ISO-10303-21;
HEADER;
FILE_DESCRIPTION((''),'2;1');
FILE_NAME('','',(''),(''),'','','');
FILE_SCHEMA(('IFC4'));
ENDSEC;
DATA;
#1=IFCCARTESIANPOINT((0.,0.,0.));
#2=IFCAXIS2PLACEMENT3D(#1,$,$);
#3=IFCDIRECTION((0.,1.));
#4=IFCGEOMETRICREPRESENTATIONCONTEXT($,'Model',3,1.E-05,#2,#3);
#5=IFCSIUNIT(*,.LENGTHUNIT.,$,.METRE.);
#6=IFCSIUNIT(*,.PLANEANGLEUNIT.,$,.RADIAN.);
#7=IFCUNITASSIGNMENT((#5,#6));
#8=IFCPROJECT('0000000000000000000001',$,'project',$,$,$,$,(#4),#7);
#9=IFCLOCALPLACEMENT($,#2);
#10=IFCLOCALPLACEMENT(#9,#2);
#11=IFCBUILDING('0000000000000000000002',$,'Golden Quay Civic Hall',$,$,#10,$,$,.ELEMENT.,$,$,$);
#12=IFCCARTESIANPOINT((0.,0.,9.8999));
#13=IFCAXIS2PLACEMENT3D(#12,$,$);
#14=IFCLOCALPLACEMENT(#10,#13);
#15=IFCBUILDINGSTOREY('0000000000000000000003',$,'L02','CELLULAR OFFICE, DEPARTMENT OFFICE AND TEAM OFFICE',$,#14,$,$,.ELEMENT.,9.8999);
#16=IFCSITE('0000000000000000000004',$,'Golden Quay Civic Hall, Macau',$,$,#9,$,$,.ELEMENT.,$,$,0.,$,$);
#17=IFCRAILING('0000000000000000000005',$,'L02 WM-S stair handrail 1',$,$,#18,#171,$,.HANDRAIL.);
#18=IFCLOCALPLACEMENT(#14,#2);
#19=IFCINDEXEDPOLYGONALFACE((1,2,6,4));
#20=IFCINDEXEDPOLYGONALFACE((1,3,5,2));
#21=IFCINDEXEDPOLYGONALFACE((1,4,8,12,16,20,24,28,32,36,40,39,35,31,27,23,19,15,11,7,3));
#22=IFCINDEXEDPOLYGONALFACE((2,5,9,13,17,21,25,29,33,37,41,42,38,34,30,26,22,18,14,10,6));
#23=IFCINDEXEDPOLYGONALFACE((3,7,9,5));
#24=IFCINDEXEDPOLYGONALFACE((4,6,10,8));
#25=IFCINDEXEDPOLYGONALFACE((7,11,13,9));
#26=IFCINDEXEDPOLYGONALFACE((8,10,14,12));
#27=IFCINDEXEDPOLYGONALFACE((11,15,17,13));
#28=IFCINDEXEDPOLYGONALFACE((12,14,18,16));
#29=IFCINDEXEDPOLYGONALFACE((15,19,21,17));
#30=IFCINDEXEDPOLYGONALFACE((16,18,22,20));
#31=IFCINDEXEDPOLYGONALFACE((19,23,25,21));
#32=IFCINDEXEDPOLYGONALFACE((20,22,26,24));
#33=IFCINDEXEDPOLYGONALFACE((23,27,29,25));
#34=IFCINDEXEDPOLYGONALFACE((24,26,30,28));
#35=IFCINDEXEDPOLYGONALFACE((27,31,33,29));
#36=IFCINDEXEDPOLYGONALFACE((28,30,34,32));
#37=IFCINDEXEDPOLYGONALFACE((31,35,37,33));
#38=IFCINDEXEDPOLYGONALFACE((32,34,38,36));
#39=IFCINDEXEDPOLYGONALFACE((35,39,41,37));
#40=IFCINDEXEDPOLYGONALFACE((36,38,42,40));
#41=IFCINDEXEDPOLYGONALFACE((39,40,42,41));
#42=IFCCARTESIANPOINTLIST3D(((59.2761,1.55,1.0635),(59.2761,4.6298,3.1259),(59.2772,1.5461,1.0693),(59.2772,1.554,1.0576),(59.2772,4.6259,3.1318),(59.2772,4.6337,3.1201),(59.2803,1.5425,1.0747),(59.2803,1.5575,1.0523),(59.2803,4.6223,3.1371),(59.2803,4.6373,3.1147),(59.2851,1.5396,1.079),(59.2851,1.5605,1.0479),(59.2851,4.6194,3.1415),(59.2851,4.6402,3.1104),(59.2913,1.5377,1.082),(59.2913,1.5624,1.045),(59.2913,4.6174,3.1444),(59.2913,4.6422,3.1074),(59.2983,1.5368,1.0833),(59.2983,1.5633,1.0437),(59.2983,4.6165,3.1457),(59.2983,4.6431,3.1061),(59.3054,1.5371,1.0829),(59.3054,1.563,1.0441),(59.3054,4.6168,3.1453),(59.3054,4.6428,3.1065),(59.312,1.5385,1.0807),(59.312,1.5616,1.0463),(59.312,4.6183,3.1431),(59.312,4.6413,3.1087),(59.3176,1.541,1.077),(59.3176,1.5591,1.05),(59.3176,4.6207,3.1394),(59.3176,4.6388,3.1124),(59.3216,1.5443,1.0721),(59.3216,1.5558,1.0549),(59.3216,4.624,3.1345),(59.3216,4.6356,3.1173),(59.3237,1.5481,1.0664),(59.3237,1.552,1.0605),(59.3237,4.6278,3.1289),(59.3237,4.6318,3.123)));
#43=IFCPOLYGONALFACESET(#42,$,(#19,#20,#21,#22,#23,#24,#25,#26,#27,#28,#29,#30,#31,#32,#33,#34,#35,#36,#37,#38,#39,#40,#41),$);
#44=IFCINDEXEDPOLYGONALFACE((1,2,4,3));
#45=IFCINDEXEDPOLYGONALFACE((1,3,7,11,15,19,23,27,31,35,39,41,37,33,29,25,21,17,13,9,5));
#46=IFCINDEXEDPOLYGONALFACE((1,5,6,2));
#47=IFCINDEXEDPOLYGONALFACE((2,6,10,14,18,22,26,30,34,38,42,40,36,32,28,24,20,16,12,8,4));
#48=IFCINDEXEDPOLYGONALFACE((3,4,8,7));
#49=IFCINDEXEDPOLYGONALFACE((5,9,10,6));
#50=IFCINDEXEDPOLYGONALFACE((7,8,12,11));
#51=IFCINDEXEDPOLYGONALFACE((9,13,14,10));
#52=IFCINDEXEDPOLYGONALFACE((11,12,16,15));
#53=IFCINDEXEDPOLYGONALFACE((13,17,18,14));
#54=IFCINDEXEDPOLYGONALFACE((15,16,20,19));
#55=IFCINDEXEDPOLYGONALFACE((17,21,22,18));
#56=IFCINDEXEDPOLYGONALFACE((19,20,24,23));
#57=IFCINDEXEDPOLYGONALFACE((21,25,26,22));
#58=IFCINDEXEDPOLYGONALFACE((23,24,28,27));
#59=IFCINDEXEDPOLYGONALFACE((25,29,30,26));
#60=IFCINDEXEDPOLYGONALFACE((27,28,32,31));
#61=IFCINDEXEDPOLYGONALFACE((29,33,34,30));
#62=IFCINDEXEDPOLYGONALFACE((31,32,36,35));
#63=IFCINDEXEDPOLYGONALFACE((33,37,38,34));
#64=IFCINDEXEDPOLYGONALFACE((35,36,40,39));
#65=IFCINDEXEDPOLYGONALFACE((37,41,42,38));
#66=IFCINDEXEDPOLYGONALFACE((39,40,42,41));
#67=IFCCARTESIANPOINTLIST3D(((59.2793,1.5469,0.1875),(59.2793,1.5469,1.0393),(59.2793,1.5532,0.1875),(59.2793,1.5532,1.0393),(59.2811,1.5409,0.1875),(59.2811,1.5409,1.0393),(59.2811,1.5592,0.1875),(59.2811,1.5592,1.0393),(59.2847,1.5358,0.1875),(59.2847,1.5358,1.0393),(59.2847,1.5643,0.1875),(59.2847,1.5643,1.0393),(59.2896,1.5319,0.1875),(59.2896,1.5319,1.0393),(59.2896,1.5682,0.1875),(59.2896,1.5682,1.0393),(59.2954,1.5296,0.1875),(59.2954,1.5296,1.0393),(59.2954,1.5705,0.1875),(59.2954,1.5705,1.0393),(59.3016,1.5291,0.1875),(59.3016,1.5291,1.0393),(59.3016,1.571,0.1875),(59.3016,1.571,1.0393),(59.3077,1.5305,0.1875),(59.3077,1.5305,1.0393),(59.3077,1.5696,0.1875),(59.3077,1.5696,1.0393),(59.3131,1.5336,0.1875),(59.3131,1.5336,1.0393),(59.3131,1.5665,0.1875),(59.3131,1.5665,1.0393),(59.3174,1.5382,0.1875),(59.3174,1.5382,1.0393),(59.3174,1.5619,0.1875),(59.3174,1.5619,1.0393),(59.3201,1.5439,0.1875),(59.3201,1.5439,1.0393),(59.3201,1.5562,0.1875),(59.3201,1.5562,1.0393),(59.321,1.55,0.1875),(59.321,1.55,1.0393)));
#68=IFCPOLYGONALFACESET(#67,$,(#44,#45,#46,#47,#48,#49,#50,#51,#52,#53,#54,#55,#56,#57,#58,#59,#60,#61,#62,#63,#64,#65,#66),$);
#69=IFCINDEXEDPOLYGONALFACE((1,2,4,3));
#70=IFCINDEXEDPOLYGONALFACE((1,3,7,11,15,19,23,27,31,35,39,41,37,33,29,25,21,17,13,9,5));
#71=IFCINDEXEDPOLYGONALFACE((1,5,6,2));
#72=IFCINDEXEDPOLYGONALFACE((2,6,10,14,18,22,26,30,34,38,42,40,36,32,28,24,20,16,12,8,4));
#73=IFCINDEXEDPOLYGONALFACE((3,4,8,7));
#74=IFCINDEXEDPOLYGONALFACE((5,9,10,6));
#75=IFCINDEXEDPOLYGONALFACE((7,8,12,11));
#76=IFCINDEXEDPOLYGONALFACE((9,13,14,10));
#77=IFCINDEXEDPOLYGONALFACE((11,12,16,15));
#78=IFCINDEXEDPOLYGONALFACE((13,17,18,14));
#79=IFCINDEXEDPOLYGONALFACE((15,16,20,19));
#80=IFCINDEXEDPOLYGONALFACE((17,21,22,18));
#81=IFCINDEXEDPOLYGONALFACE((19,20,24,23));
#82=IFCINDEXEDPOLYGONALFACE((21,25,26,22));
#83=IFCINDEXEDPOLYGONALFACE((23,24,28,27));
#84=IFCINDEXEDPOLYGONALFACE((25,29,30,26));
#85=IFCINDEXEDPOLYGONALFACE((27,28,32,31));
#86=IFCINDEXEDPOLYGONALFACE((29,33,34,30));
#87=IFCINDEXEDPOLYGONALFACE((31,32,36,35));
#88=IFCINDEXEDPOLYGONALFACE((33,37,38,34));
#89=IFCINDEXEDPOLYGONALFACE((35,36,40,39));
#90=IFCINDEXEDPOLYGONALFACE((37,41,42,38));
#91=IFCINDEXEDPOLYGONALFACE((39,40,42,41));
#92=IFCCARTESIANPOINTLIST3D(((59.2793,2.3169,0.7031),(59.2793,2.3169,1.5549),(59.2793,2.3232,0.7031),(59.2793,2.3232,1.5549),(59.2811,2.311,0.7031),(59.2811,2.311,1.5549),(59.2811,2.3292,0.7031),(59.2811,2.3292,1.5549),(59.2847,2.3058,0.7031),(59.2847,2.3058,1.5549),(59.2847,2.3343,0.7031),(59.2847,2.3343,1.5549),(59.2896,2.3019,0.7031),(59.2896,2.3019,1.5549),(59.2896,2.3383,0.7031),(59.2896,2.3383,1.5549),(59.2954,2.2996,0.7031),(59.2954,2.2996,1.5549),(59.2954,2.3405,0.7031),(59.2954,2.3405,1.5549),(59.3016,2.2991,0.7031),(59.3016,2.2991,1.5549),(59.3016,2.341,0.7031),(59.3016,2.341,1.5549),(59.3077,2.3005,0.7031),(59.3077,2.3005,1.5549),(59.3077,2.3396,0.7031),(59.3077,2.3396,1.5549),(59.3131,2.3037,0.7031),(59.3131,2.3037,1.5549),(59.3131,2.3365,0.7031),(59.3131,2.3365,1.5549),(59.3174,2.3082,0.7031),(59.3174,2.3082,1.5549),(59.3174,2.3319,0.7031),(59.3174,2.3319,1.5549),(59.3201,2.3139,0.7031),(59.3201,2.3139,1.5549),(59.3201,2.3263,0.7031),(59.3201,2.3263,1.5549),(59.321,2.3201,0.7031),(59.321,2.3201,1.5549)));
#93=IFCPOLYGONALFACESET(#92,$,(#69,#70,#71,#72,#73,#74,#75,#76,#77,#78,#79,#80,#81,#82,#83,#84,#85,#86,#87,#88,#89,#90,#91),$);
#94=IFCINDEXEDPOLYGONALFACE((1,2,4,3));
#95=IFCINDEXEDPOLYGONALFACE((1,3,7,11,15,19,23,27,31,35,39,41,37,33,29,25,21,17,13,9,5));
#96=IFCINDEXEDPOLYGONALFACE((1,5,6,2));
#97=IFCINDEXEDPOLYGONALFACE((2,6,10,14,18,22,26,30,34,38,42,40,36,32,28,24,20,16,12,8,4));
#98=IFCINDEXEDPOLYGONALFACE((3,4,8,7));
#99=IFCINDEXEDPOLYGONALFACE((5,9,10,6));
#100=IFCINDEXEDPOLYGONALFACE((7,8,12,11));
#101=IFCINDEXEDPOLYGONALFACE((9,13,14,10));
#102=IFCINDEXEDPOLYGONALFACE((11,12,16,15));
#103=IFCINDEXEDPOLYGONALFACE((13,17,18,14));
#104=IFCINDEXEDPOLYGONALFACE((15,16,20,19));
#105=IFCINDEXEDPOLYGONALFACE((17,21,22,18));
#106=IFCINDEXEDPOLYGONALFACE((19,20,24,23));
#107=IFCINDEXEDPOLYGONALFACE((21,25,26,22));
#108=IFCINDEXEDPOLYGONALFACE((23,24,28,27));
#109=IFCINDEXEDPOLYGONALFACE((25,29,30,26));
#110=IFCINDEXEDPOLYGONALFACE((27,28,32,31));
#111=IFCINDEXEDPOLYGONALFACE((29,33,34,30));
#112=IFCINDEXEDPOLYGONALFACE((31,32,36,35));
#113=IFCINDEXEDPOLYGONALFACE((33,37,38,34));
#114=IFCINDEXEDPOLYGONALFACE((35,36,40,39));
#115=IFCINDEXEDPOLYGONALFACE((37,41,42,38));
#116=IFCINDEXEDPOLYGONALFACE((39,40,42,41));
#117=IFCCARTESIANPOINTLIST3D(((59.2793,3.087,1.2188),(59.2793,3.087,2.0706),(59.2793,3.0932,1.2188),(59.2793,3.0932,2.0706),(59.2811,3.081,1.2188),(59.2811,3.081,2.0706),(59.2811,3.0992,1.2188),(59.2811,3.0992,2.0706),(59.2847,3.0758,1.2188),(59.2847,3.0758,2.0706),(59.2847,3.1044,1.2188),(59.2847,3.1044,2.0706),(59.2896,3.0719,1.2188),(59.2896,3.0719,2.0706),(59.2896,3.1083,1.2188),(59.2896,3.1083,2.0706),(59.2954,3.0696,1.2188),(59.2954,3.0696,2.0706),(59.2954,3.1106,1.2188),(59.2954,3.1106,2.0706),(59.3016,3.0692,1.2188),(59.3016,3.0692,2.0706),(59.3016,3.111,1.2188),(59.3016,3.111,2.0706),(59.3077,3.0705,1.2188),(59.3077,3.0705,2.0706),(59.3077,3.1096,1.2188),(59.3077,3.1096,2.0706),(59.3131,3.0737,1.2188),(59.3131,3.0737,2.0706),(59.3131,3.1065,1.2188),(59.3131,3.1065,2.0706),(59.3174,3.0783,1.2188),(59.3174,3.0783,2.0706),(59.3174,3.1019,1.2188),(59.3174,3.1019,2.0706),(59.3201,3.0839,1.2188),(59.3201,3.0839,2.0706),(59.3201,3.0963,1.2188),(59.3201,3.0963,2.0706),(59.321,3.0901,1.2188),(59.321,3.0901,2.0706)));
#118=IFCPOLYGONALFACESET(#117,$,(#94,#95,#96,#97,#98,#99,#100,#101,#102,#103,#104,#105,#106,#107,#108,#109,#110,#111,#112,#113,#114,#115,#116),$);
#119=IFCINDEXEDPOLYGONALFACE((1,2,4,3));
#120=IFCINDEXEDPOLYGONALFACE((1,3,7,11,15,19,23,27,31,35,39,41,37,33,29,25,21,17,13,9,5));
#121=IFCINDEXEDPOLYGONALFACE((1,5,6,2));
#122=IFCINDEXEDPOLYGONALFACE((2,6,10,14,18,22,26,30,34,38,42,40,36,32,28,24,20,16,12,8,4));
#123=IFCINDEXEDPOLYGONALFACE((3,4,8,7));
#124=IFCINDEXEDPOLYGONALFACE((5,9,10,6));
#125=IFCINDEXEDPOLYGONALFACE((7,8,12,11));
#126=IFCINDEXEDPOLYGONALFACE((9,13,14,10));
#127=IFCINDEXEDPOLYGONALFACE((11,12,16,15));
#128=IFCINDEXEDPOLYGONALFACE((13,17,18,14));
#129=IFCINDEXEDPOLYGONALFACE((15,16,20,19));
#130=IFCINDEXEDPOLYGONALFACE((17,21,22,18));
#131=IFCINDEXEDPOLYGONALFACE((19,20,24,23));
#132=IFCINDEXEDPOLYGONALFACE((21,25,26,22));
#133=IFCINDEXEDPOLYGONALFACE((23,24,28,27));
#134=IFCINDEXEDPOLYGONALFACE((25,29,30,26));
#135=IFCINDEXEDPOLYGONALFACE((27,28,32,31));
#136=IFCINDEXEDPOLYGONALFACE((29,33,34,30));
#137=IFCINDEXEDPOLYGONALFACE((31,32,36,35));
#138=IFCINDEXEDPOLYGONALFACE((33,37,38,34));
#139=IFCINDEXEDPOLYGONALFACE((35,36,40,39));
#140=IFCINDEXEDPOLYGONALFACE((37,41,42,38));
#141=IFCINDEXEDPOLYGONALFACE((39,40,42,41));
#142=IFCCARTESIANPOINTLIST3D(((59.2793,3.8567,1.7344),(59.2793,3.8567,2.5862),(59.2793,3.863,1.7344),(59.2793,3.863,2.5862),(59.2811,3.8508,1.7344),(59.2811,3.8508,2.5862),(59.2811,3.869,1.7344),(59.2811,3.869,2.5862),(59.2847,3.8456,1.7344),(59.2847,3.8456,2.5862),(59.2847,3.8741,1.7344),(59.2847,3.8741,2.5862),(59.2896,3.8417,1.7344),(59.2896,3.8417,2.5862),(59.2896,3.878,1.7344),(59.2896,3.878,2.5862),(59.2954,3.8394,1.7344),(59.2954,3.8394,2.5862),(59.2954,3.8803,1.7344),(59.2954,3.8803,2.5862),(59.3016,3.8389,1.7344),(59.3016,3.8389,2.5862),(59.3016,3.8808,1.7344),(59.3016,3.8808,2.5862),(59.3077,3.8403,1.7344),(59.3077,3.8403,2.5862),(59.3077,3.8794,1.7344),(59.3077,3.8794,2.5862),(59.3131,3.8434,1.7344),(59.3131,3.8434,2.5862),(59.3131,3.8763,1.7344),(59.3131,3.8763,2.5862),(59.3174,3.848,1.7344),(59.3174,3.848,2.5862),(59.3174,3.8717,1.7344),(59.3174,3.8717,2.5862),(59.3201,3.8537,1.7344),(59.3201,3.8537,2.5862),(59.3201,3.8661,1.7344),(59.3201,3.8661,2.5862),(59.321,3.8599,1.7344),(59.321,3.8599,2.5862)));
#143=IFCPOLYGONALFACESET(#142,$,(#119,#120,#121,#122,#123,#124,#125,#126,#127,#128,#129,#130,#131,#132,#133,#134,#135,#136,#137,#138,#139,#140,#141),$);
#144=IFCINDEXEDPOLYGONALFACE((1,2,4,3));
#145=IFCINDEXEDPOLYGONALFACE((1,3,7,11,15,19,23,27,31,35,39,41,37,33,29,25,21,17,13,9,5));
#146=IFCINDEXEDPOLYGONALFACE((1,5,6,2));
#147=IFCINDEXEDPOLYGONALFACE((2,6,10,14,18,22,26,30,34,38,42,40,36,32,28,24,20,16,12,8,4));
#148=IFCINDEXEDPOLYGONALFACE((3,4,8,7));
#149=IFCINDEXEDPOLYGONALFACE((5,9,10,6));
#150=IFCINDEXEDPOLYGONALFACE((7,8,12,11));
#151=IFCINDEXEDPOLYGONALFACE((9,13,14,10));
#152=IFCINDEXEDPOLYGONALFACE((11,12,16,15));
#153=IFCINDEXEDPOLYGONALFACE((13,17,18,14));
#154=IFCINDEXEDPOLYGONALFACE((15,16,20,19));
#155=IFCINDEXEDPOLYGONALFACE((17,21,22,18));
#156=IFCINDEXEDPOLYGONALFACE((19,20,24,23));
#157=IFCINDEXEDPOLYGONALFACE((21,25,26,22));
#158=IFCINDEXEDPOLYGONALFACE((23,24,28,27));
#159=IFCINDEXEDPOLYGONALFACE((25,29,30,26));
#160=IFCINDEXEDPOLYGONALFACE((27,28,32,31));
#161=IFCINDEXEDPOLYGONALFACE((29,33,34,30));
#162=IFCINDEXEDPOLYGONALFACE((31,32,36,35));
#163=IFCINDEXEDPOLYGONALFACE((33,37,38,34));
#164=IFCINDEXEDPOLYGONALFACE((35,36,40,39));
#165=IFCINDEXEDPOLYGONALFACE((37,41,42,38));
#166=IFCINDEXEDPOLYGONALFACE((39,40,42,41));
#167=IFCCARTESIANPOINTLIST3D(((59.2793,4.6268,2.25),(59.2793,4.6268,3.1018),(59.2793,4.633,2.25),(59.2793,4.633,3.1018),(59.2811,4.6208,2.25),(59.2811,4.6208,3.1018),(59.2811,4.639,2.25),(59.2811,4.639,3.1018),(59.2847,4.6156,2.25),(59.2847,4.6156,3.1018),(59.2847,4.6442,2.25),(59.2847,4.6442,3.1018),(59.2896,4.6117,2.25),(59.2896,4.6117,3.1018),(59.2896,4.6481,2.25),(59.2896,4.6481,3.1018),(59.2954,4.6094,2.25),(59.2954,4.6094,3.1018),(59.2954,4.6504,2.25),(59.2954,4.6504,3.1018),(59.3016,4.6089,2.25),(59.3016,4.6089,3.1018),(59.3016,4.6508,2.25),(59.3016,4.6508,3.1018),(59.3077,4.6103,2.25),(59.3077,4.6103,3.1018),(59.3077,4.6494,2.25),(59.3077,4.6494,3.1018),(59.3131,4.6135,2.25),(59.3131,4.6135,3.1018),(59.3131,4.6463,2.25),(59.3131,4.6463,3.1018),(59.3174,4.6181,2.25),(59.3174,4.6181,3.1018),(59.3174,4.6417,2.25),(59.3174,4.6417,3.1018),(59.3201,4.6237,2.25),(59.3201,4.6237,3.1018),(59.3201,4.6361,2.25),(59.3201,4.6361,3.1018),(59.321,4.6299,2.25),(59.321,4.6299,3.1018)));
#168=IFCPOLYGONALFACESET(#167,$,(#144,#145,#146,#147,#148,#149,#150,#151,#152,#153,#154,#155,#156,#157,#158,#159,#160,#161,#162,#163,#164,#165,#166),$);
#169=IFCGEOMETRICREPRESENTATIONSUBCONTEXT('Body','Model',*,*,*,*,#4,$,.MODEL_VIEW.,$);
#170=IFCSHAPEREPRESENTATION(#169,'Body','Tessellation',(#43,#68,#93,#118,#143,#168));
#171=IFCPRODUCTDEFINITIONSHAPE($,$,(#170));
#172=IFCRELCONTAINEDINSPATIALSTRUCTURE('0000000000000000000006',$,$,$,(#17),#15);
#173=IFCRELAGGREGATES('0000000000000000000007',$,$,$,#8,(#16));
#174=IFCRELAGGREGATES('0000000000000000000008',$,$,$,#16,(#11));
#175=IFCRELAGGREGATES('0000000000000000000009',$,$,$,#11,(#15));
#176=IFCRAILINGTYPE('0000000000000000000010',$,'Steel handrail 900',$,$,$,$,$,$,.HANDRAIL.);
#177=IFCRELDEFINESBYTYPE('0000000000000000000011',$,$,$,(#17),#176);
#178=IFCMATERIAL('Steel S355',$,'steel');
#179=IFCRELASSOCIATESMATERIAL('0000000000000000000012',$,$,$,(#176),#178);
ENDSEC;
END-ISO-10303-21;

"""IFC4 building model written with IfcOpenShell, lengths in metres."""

from ifc_helpers import new_model, si_unit, direction, frame, origin, origin_2d, place, context, subcontext, project, spatial, circle, extrude, material, type_object, element, save


model = new_model("IFC4")

# Units and contexts
model_context = context("Model", 3, precision=1e-05, world=origin(), true_north=direction((0.0, 1.0)))
body_context = subcontext(model_context, "Body", "Model", "MODEL_VIEW")
ifc_project = project(units=[si_unit("LENGTHUNIT", "METRE"), si_unit("PLANEANGLEUNIT", "RADIAN")], contexts=[model_context])

# Site, building, storey
site_placement = place(None, origin())
site = spatial("IfcSite", under=ifc_project, at=site_placement, Name="Golden Quay Civic Hall, Macau", CompositionType="ELEMENT", RefElevation=0.0)
building_placement = place(site_placement, origin())
building = spatial("IfcBuilding", under=site, at=building_placement, Name="Golden Quay Civic Hall", CompositionType="ELEMENT")
storey_placement = place(building_placement, frame((0.0, 0.0, 9.8999)))
storey = spatial("IfcBuildingStorey", under=building, at=storey_placement, Name="L02", Description="CELLULAR OFFICE, DEPARTMENT OFFICE AND TEAM OFFICE", CompositionType="ELEMENT", Elevation=9.8999)

# Railing
ifc_material_1 = material(Name="Steel S355", Category="steel")
railing_type = type_object("IfcRailingType", Name="Steel handrail 900", PredefinedType="HANDRAIL", material=ifc_material_1)
railing_placement = place(storey_placement, frame((59.3, 1.55, 0.1875)))
element("IfcRailing", 1, at=railing_placement, inside=storey, type_object=railing_type, Name="L02 WM-S stair handrail 1", PredefinedType="HANDRAIL", context=body_context, shape_type="SweptSolid", body=[
    extrude(circle(Radius=0.0239, at=origin_2d()), frame((0.0, 0.0, 0.876), z_axis=(0.0, 0.830893, 0.556432), x_axis=(-1.0, 0.0, 0.0)), (0.0, 0.0, 1.0), 3.7065),
    extrude(circle(Radius=0.021, at=origin_2d()), origin(), (0.0, 0.0, 1.0), 0.8518),
    extrude(circle(Radius=0.021, at=origin_2d()), frame((0.0, 0.77, 0.5156)), (0.0, 0.0, 1.0), 0.8518),
    extrude(circle(Radius=0.021, at=origin_2d()), frame((0.0, 1.54, 1.0312)), (0.0, 0.0, 1.0), 0.8518),
    extrude(circle(Radius=0.021, at=origin_2d()), frame((0.0, 2.3098, 1.5469)), (0.0, 0.0, 1.0), 0.8518),
    extrude(circle(Radius=0.021, at=origin_2d()), frame((0.0, 3.0798, 2.0625)), (0.0, 0.0, 1.0), 0.8518),
])

save(model, "model.ifc")
